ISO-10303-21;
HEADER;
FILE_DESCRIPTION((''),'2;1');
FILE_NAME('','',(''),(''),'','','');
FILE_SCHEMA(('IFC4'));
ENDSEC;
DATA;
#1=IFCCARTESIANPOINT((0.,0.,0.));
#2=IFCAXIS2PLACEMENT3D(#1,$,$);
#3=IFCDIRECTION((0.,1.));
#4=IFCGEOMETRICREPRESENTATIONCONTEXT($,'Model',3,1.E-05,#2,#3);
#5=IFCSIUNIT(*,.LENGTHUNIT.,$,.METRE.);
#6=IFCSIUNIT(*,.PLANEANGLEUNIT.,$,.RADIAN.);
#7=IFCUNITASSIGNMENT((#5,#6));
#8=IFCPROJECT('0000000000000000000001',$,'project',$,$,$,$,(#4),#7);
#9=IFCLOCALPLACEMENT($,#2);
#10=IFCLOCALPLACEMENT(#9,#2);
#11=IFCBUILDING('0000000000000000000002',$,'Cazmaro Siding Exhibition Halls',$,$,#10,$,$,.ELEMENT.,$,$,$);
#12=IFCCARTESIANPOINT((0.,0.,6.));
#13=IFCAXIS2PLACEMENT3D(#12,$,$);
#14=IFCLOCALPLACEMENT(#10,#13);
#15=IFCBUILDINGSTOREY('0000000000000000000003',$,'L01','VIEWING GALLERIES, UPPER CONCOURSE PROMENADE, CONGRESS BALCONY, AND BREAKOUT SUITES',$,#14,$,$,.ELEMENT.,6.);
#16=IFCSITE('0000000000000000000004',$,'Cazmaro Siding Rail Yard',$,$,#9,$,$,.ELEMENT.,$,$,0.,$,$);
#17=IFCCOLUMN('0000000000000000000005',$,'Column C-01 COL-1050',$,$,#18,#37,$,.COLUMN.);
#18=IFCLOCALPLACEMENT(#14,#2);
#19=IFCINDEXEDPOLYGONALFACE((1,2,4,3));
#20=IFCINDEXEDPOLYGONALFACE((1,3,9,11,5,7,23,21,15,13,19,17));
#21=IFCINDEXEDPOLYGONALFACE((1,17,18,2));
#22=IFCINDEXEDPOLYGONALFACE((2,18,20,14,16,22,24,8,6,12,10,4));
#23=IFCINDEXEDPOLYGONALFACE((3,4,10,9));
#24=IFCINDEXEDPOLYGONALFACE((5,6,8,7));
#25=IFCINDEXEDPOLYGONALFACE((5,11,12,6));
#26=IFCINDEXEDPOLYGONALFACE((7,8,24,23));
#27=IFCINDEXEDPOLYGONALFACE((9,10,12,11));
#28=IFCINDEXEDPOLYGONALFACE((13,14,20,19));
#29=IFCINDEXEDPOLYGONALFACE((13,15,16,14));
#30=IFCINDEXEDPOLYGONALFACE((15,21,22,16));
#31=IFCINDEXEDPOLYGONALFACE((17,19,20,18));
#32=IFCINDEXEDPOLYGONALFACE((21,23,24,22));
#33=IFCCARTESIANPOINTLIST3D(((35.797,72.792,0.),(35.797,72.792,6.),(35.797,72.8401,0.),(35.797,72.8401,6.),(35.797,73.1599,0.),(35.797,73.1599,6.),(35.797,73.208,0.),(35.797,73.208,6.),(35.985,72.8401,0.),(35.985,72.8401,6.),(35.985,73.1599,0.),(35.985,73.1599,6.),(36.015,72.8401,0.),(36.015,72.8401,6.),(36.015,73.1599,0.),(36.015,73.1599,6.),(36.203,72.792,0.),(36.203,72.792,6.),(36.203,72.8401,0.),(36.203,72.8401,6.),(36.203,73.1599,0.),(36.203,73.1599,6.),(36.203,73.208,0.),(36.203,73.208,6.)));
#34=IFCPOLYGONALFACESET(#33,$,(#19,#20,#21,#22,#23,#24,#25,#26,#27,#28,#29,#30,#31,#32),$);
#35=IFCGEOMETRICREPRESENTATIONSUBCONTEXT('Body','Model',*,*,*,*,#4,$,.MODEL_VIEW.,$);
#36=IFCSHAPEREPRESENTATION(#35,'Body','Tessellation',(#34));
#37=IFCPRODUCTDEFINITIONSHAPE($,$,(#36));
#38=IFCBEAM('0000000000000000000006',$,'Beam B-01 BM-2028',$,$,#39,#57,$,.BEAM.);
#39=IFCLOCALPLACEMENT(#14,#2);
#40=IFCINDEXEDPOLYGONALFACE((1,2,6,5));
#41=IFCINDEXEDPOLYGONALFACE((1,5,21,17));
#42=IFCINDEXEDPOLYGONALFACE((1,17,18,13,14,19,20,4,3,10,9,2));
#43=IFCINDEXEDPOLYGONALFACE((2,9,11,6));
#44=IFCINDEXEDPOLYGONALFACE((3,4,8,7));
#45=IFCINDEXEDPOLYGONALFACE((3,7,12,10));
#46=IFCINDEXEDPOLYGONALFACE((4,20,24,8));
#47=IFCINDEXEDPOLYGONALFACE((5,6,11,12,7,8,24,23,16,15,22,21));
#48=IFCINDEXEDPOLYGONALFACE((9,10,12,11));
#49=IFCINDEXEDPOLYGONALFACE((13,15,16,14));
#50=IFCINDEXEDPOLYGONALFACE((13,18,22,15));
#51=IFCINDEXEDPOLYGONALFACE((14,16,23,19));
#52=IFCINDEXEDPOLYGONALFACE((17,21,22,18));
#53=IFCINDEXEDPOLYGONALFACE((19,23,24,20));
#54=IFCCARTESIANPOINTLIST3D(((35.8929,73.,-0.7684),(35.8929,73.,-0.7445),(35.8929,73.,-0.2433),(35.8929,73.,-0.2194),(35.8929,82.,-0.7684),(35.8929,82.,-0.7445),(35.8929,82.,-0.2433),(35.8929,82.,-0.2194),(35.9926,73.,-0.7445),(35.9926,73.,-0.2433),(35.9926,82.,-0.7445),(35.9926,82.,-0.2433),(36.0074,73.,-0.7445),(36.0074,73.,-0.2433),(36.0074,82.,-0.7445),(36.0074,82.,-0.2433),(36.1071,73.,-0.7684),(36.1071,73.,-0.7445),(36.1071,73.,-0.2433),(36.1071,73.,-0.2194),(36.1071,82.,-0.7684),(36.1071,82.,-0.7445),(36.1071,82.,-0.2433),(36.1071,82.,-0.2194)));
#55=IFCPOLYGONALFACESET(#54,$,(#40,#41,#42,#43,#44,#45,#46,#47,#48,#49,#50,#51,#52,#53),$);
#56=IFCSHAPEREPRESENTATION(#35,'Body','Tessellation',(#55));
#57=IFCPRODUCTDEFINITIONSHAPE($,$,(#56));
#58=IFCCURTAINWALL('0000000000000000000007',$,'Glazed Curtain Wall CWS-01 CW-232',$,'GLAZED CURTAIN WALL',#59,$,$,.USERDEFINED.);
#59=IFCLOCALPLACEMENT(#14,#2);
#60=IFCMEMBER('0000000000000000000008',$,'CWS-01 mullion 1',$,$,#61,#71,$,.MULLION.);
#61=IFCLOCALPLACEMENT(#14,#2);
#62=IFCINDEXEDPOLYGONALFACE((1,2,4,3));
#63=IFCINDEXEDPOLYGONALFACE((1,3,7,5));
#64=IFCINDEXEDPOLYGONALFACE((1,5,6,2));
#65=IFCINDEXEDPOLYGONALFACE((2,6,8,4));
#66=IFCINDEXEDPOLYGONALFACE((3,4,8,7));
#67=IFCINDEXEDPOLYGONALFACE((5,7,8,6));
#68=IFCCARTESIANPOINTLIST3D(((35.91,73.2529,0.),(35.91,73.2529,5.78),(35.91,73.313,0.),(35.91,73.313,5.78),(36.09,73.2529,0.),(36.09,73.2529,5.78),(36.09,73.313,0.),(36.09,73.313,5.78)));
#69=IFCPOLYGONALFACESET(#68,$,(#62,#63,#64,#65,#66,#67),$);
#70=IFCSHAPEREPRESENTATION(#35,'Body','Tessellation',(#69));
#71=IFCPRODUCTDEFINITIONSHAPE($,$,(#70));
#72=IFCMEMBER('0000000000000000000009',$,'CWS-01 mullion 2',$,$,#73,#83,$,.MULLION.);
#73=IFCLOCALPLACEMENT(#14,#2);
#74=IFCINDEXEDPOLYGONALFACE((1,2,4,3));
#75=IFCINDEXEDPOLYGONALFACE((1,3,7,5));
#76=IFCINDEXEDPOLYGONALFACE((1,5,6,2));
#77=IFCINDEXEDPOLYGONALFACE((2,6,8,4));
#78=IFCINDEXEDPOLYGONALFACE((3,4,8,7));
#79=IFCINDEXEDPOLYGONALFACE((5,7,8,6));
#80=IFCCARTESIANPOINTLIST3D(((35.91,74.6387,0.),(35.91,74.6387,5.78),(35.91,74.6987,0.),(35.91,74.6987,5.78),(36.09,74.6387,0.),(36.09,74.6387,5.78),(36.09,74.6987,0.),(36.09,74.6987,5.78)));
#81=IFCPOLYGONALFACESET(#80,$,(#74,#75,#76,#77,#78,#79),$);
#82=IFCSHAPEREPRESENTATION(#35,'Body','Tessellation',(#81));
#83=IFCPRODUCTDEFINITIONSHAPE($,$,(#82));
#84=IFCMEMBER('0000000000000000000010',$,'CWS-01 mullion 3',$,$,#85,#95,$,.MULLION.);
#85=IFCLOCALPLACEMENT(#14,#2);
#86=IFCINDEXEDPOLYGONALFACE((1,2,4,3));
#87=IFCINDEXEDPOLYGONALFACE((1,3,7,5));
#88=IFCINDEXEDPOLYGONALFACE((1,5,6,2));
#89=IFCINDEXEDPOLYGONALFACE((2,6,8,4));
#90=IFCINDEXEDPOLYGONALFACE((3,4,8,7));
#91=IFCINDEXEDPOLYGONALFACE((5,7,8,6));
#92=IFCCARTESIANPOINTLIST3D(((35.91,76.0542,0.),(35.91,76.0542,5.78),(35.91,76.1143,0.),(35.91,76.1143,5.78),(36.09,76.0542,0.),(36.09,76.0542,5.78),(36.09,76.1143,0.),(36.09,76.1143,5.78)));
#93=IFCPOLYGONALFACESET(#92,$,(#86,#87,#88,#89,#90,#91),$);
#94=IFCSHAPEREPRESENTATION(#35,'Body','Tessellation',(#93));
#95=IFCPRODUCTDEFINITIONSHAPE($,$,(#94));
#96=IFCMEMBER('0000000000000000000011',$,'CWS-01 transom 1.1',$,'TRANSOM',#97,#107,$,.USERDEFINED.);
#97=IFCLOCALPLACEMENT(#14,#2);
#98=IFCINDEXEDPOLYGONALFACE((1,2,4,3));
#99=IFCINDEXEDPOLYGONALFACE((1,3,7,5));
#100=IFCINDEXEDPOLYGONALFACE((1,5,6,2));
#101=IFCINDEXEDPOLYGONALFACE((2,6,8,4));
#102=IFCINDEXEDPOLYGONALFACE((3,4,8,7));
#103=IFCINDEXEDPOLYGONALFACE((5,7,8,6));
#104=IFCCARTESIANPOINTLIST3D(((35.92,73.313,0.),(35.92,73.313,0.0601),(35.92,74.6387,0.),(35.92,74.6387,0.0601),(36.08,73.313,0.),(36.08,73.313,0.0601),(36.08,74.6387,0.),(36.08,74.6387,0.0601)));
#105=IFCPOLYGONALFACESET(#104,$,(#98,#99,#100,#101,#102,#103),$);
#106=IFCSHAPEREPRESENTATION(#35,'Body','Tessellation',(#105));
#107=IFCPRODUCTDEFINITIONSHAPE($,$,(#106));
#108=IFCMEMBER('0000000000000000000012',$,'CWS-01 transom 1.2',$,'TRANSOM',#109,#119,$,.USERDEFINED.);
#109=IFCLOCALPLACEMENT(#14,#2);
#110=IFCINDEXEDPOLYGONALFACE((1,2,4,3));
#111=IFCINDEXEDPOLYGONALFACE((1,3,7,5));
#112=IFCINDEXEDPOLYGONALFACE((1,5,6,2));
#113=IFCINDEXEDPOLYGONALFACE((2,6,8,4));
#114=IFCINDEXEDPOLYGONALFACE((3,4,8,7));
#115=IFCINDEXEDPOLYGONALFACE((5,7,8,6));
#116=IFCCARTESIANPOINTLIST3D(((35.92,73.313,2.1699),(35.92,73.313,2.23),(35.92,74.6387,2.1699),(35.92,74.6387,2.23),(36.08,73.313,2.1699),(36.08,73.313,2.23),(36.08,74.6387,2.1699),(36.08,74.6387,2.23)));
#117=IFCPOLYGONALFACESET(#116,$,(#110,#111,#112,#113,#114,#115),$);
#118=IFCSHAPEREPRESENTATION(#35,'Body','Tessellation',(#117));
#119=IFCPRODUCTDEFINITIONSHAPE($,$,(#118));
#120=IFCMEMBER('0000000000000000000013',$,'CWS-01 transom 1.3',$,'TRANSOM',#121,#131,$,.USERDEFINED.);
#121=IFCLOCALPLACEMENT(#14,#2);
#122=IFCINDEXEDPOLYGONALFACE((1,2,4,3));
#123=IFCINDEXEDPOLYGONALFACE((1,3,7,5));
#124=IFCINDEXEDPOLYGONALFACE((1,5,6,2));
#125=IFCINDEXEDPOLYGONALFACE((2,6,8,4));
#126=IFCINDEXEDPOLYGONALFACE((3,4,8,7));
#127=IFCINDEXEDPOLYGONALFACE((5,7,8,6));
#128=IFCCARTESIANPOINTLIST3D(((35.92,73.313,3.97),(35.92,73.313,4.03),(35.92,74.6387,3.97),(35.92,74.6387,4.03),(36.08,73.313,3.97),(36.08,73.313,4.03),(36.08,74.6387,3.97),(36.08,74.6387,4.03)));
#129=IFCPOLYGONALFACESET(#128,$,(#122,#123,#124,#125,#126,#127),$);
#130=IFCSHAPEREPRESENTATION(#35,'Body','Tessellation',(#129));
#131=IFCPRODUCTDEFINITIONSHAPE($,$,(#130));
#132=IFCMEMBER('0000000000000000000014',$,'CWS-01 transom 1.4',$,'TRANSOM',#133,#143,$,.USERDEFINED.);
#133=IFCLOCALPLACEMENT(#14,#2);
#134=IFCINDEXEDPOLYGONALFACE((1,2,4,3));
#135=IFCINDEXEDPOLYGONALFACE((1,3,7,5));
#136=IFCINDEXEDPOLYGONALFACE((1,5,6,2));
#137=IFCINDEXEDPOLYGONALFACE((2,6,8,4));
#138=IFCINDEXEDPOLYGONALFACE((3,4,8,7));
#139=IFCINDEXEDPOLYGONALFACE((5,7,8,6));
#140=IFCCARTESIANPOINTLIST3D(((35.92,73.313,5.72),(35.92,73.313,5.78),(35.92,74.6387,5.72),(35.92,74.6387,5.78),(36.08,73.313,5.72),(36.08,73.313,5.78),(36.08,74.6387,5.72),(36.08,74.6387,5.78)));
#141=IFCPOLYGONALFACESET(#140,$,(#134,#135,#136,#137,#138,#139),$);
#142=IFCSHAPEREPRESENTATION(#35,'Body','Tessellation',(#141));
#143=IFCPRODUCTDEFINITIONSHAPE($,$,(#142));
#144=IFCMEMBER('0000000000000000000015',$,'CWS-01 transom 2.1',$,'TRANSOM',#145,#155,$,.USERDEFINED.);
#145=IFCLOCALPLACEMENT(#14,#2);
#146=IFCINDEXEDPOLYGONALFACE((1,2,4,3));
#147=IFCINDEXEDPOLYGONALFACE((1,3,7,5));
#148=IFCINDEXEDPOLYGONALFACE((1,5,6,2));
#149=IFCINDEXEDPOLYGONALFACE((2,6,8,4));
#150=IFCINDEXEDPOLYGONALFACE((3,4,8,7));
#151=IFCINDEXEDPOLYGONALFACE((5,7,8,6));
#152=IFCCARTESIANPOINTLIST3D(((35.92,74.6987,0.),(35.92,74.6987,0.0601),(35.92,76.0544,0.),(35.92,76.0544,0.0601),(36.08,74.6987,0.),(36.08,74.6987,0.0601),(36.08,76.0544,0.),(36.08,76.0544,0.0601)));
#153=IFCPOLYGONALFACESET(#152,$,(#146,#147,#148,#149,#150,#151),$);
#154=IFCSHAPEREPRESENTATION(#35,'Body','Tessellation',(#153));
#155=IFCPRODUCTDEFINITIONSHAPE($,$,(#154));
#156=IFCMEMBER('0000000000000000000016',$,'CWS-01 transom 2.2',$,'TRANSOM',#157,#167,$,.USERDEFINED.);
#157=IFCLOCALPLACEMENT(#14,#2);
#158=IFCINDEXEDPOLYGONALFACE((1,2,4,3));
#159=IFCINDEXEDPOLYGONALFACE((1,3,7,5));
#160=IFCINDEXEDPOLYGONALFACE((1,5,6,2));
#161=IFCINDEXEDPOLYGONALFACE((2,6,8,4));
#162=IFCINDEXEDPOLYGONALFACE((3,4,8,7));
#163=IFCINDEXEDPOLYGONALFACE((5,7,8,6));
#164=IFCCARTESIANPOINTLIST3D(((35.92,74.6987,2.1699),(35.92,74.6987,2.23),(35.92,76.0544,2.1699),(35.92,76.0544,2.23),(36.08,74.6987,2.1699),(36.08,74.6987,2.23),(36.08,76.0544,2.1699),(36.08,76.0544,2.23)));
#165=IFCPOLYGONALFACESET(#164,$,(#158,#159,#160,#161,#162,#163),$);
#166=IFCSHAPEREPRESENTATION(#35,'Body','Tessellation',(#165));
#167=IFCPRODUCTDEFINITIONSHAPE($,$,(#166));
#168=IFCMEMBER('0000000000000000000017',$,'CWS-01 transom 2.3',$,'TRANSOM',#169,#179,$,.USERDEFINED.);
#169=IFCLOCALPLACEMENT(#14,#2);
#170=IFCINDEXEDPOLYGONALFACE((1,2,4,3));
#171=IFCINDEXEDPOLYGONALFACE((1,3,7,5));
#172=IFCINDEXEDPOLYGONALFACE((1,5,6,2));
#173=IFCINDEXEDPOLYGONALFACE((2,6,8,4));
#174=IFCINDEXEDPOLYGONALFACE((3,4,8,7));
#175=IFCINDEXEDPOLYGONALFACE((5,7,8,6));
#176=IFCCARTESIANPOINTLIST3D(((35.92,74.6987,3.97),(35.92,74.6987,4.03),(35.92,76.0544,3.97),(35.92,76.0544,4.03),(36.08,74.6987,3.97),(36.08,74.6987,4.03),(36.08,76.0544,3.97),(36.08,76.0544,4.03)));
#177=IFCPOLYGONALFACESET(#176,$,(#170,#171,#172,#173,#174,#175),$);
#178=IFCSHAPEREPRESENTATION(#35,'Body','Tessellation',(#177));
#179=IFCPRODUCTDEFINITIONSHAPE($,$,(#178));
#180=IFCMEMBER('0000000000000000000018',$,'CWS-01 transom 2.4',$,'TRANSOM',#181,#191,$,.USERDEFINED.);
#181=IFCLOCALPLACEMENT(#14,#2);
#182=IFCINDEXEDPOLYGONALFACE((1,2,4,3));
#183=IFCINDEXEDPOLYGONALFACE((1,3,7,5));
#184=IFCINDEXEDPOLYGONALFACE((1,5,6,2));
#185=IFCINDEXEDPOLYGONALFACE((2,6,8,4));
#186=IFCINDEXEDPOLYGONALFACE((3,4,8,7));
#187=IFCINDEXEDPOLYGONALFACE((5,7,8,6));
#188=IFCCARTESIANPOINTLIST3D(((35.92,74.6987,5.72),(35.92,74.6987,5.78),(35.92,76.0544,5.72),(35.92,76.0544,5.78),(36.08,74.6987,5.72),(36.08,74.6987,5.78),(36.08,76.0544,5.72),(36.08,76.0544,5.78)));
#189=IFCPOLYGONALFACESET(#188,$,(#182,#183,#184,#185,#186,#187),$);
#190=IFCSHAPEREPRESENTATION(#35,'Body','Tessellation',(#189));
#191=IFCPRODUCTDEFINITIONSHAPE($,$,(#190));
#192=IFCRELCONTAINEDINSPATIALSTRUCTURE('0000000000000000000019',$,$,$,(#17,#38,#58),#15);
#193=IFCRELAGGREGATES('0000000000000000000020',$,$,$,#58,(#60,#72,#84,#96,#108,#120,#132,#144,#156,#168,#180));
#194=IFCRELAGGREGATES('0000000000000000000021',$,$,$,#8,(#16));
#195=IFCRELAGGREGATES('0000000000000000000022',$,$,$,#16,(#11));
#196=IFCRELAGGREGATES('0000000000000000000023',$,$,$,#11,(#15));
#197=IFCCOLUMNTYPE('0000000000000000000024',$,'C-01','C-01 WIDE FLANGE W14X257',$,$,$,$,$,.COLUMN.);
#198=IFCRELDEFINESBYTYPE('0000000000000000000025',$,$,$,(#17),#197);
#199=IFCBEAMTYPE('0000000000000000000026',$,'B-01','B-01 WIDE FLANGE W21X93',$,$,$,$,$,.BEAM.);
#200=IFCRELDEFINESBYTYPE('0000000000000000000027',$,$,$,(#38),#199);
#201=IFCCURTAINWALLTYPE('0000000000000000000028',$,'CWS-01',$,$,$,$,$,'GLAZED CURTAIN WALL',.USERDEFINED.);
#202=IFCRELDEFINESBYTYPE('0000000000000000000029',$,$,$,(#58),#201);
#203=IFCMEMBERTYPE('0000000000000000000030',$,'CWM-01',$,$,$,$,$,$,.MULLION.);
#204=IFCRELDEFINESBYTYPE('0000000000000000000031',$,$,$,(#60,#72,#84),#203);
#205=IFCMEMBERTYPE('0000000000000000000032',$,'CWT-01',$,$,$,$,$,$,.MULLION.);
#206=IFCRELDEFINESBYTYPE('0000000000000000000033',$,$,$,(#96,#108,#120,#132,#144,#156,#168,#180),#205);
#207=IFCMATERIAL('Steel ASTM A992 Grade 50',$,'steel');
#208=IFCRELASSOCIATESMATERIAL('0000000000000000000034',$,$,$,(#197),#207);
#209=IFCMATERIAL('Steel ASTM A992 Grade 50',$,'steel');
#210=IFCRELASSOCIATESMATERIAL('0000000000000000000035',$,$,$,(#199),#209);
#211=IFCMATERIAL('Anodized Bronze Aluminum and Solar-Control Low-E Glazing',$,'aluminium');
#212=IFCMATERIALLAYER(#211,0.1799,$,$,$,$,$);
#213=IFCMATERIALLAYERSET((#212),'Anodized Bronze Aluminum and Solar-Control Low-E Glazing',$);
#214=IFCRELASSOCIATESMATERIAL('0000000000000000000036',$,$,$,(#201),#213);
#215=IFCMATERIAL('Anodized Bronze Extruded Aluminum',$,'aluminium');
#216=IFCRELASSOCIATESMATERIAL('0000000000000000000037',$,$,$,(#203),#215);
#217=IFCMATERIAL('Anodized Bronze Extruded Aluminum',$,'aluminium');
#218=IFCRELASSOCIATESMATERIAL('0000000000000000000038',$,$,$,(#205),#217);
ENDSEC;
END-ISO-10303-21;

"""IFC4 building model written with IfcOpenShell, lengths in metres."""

from ifc_helpers import new_model, si_unit, direction, frame, origin, origin_2d, place, context, subcontext, project, spatial, rectangle, i_section, extrude, material, layer, layer_set, material_profile, profile_set, type_object, element, aggregate, save


model = new_model("IFC4")

# Units and contexts
model_context = context("Model", 3, precision=1e-05, world=origin(), true_north=direction((0.0, 1.0)))
body_context = subcontext(model_context, "Body", "Model", "MODEL_VIEW")
ifc_project = project(units=[si_unit("LENGTHUNIT", "METRE"), si_unit("PLANEANGLEUNIT", "RADIAN")], contexts=[model_context])

# Site, building, storey
site_placement = place(None, origin())
site = spatial("IfcSite", under=ifc_project, at=site_placement, Name="Cazmaro Siding Rail Yard", CompositionType="ELEMENT", RefElevation=0.0)
building_placement = place(site_placement, origin())
building = spatial("IfcBuilding", under=site, at=building_placement, Name="Cazmaro Siding Exhibition Halls", CompositionType="ELEMENT")
storey_placement = place(building_placement, frame((0.0, 0.0, 6.0)))
storey = spatial("IfcBuildingStorey", under=building, at=storey_placement, Name="L01", Description="VIEWING GALLERIES, UPPER CONCOURSE PROMENADE, CONGRESS BALCONY, AND BREAKOUT SUITES", CompositionType="ELEMENT", Elevation=6.0)

# Column
ifc_material_1 = material(Name="Steel ASTM A992 Grade 50", Category="steel")
ifc_material_profile_1 = material_profile(ifc_material_1, i_section(OverallWidth=0.406, OverallDepth=0.416, WebThickness=0.03, FlangeThickness=0.0481, at=origin_2d()), Name="W14X257")
ifc_profile_set_1 = profile_set([ifc_material_profile_1], Name="Steel ASTM A992 Grade 50")
column_type = type_object("IfcColumnType", Name="C-01", Description="C-01 WIDE FLANGE W14X257", PredefinedType="COLUMN", material=ifc_profile_set_1)
column_placement = place(storey_placement, frame((36.0, 73.0, 0.0), z_axis=(0.0, 0.0, 1.0), x_axis=(1.0, 0.0, 0.0)))
element("IfcColumn", 1, at=column_placement, inside=storey, type_object=column_type, Name="Column C-01 COL-1050", PredefinedType="COLUMN", context=body_context, shape_type="SweptSolid", body=[
    extrude(i_section(OverallWidth=0.406, OverallDepth=0.416, WebThickness=0.03, FlangeThickness=0.0481, at=origin_2d()), origin(), (0.0, 0.0, 1.0), 6.0),
])

# Beam
ifc_material_2 = material(Name="Steel ASTM A992 Grade 50", Category="steel")
ifc_material_profile_2 = material_profile(ifc_material_2, i_section(OverallWidth=0.2141, OverallDepth=0.5491, WebThickness=0.0149, FlangeThickness=0.0239, at=origin_2d()), Name="W21X93")
ifc_profile_set_2 = profile_set([ifc_material_profile_2], Name="Steel ASTM A992 Grade 50")
beam_type = type_object("IfcBeamType", Name="B-01", Description="B-01 WIDE FLANGE W21X93", PredefinedType="BEAM", material=ifc_profile_set_2)
beam_placement = place(storey_placement, frame((36.0, 73.0, -0.4939), z_axis=(0.0, 1.0, 0.0), x_axis=(-1.0, 0.0, 0.0)))
element("IfcBeam", 2, at=beam_placement, inside=storey, type_object=beam_type, Name="Beam B-01 BM-2028", PredefinedType="BEAM", context=body_context, shape_type="SweptSolid", body=[
    extrude(i_section(OverallWidth=0.2141, OverallDepth=0.5491, WebThickness=0.0149, FlangeThickness=0.0239, at=origin_2d()), origin(), (0.0, 0.0, 1.0), 9.0),
])

# Curtain wall, members
ifc_material_3 = material(Name="Anodized Bronze Aluminum and Solar-Control Low-E Glazing", Category="aluminium")
ifc_layer_1 = layer(ifc_material_3, 0.1799)
ifc_layer_set_1 = layer_set([ifc_layer_1], Name="Anodized Bronze Aluminum and Solar-Control Low-E Glazing")
curtain_wall_type = type_object("IfcCurtainWallType", Name="CWS-01", ElementType="GLAZED CURTAIN WALL", PredefinedType="USERDEFINED", material=ifc_layer_set_1)
curtain_wall_placement = place(storey_placement, origin())
curtain_wall = element("IfcCurtainWall", 3, at=curtain_wall_placement, inside=storey, type_object=curtain_wall_type, Name="Glazed Curtain Wall CWS-01 CW-232", ObjectType="GLAZED CURTAIN WALL", PredefinedType="USERDEFINED")
ifc_material_4 = material(Name="Anodized Bronze Extruded Aluminum", Category="aluminium")
ifc_material_profile_3 = material_profile(ifc_material_4, rectangle(XDim=0.1799, YDim=0.0601, at=origin_2d()), Name="CWM-01")
ifc_profile_set_3 = profile_set([ifc_material_profile_3], Name="Anodized Bronze Extruded Aluminum")
member_type_1 = type_object("IfcMemberType", Name="CWM-01", PredefinedType="MULLION", material=ifc_profile_set_3)
member_1_placement = place(storey_placement, frame((36.0, 73.283, 0.0), z_axis=(0.0, 0.0, 1.0), x_axis=(-1.0, 0.0, 0.0)))
member_1 = element("IfcMember", 4, at=member_1_placement, type_object=member_type_1, Name="CWS-01 mullion 1", PredefinedType="MULLION", context=body_context, shape_type="SweptSolid", body=[
    extrude(rectangle(XDim=0.1799, YDim=0.0601, at=origin_2d()), origin(), (0.0, 0.0, 1.0), 5.78),
])
member_2_placement = place(storey_placement, frame((36.0, 74.6687, 0.0), z_axis=(0.0, 0.0, 1.0), x_axis=(-1.0, 0.0, 0.0)))
member_2 = element("IfcMember", 5, at=member_2_placement, type_object=member_type_1, Name="CWS-01 mullion 2", PredefinedType="MULLION", context=body_context, shape_type="SweptSolid", body=[
    extrude(rectangle(XDim=0.1799, YDim=0.0601, at=origin_2d()), origin(), (0.0, 0.0, 1.0), 5.78),
])
member_3_placement = place(storey_placement, frame((36.0, 76.0842, 0.0), z_axis=(0.0, 0.0, 1.0), x_axis=(-1.0, 0.0, 0.0)))
member_3 = element("IfcMember", 6, at=member_3_placement, type_object=member_type_1, Name="CWS-01 mullion 3", PredefinedType="MULLION", context=body_context, shape_type="SweptSolid", body=[
    extrude(rectangle(XDim=0.1799, YDim=0.0601, at=origin_2d()), origin(), (0.0, 0.0, 1.0), 5.78),
])
ifc_material_5 = material(Name="Anodized Bronze Extruded Aluminum", Category="aluminium")
ifc_material_profile_4 = material_profile(ifc_material_5, rectangle(XDim=0.1599, YDim=0.0601, at=origin_2d()), Name="CWT-01")
ifc_profile_set_4 = profile_set([ifc_material_profile_4], Name="Anodized Bronze Extruded Aluminum")
member_type_2 = type_object("IfcMemberType", Name="CWT-01", PredefinedType="MULLION", material=ifc_profile_set_4)
member_4_placement = place(storey_placement, frame((36.0, 73.313, 0.03), z_axis=(0.0, 1.0, 0.0), x_axis=(-1.0, 0.0, 0.0)))
member_4 = element("IfcMember", 7, at=member_4_placement, type_object=member_type_2, Name="CWS-01 transom 1.1", ObjectType="TRANSOM", PredefinedType="USERDEFINED", context=body_context, shape_type="SweptSolid", body=[
    extrude(rectangle(XDim=0.1599, YDim=0.0601, at=origin_2d()), origin(), (0.0, 0.0, 1.0), 1.3257),
])
member_5_placement = place(storey_placement, frame((36.0, 73.313, 2.2), z_axis=(0.0, 1.0, 0.0), x_axis=(-1.0, 0.0, 0.0)))
member_5 = element("IfcMember", 8, at=member_5_placement, type_object=member_type_2, Name="CWS-01 transom 1.2", ObjectType="TRANSOM", PredefinedType="USERDEFINED", context=body_context, shape_type="SweptSolid", body=[
    extrude(rectangle(XDim=0.1599, YDim=0.0601, at=origin_2d()), origin(), (0.0, 0.0, 1.0), 1.3257),
])
member_6_placement = place(storey_placement, frame((36.0, 73.313, 4.0), z_axis=(0.0, 1.0, 0.0), x_axis=(-1.0, 0.0, 0.0)))
member_6 = element("IfcMember", 9, at=member_6_placement, type_object=member_type_2, Name="CWS-01 transom 1.3", ObjectType="TRANSOM", PredefinedType="USERDEFINED", context=body_context, shape_type="SweptSolid", body=[
    extrude(rectangle(XDim=0.1599, YDim=0.0601, at=origin_2d()), origin(), (0.0, 0.0, 1.0), 1.3257),
])
member_7_placement = place(storey_placement, frame((36.0, 73.313, 5.75), z_axis=(0.0, 1.0, 0.0), x_axis=(-1.0, 0.0, 0.0)))
member_7 = element("IfcMember", 10, at=member_7_placement, type_object=member_type_2, Name="CWS-01 transom 1.4", ObjectType="TRANSOM", PredefinedType="USERDEFINED", context=body_context, shape_type="SweptSolid", body=[
    extrude(rectangle(XDim=0.1599, YDim=0.0601, at=origin_2d()), origin(), (0.0, 0.0, 1.0), 1.3257),
])
member_8_placement = place(storey_placement, frame((36.0, 74.6987, 0.03), z_axis=(0.0, 1.0, 0.0), x_axis=(-1.0, 0.0, 0.0)))
member_8 = element("IfcMember", 11, at=member_8_placement, type_object=member_type_2, Name="CWS-01 transom 2.1", ObjectType="TRANSOM", PredefinedType="USERDEFINED", context=body_context, shape_type="SweptSolid", body=[
    extrude(rectangle(XDim=0.1599, YDim=0.0601, at=origin_2d()), origin(), (0.0, 0.0, 1.0), 1.3557),
])
member_9_placement = place(storey_placement, frame((36.0, 74.6987, 2.2), z_axis=(0.0, 1.0, 0.0), x_axis=(-1.0, 0.0, 0.0)))
member_9 = element("IfcMember", 12, at=member_9_placement, type_object=member_type_2, Name="CWS-01 transom 2.2", ObjectType="TRANSOM", PredefinedType="USERDEFINED", context=body_context, shape_type="SweptSolid", body=[
    extrude(rectangle(XDim=0.1599, YDim=0.0601, at=origin_2d()), origin(), (0.0, 0.0, 1.0), 1.3557),
])
member_10_placement = place(storey_placement, frame((36.0, 74.6987, 4.0), z_axis=(0.0, 1.0, 0.0), x_axis=(-1.0, 0.0, 0.0)))
member_10 = element("IfcMember", 13, at=member_10_placement, type_object=member_type_2, Name="CWS-01 transom 2.3", ObjectType="TRANSOM", PredefinedType="USERDEFINED", context=body_context, shape_type="SweptSolid", body=[
    extrude(rectangle(XDim=0.1599, YDim=0.0601, at=origin_2d()), origin(), (0.0, 0.0, 1.0), 1.3557),
])
member_11_placement = place(storey_placement, frame((36.0, 74.6987, 5.75), z_axis=(0.0, 1.0, 0.0), x_axis=(-1.0, 0.0, 0.0)))
member_11 = element("IfcMember", 14, at=member_11_placement, type_object=member_type_2, Name="CWS-01 transom 2.4", ObjectType="TRANSOM", PredefinedType="USERDEFINED", context=body_context, shape_type="SweptSolid", body=[
    extrude(rectangle(XDim=0.1599, YDim=0.0601, at=origin_2d()), origin(), (0.0, 0.0, 1.0), 1.3557),
])
aggregate(curtain_wall, [member_1, member_2, member_3, member_4, member_5, member_6, member_7, member_8, member_9, member_10, member_11])

save(model, "model.ifc")
